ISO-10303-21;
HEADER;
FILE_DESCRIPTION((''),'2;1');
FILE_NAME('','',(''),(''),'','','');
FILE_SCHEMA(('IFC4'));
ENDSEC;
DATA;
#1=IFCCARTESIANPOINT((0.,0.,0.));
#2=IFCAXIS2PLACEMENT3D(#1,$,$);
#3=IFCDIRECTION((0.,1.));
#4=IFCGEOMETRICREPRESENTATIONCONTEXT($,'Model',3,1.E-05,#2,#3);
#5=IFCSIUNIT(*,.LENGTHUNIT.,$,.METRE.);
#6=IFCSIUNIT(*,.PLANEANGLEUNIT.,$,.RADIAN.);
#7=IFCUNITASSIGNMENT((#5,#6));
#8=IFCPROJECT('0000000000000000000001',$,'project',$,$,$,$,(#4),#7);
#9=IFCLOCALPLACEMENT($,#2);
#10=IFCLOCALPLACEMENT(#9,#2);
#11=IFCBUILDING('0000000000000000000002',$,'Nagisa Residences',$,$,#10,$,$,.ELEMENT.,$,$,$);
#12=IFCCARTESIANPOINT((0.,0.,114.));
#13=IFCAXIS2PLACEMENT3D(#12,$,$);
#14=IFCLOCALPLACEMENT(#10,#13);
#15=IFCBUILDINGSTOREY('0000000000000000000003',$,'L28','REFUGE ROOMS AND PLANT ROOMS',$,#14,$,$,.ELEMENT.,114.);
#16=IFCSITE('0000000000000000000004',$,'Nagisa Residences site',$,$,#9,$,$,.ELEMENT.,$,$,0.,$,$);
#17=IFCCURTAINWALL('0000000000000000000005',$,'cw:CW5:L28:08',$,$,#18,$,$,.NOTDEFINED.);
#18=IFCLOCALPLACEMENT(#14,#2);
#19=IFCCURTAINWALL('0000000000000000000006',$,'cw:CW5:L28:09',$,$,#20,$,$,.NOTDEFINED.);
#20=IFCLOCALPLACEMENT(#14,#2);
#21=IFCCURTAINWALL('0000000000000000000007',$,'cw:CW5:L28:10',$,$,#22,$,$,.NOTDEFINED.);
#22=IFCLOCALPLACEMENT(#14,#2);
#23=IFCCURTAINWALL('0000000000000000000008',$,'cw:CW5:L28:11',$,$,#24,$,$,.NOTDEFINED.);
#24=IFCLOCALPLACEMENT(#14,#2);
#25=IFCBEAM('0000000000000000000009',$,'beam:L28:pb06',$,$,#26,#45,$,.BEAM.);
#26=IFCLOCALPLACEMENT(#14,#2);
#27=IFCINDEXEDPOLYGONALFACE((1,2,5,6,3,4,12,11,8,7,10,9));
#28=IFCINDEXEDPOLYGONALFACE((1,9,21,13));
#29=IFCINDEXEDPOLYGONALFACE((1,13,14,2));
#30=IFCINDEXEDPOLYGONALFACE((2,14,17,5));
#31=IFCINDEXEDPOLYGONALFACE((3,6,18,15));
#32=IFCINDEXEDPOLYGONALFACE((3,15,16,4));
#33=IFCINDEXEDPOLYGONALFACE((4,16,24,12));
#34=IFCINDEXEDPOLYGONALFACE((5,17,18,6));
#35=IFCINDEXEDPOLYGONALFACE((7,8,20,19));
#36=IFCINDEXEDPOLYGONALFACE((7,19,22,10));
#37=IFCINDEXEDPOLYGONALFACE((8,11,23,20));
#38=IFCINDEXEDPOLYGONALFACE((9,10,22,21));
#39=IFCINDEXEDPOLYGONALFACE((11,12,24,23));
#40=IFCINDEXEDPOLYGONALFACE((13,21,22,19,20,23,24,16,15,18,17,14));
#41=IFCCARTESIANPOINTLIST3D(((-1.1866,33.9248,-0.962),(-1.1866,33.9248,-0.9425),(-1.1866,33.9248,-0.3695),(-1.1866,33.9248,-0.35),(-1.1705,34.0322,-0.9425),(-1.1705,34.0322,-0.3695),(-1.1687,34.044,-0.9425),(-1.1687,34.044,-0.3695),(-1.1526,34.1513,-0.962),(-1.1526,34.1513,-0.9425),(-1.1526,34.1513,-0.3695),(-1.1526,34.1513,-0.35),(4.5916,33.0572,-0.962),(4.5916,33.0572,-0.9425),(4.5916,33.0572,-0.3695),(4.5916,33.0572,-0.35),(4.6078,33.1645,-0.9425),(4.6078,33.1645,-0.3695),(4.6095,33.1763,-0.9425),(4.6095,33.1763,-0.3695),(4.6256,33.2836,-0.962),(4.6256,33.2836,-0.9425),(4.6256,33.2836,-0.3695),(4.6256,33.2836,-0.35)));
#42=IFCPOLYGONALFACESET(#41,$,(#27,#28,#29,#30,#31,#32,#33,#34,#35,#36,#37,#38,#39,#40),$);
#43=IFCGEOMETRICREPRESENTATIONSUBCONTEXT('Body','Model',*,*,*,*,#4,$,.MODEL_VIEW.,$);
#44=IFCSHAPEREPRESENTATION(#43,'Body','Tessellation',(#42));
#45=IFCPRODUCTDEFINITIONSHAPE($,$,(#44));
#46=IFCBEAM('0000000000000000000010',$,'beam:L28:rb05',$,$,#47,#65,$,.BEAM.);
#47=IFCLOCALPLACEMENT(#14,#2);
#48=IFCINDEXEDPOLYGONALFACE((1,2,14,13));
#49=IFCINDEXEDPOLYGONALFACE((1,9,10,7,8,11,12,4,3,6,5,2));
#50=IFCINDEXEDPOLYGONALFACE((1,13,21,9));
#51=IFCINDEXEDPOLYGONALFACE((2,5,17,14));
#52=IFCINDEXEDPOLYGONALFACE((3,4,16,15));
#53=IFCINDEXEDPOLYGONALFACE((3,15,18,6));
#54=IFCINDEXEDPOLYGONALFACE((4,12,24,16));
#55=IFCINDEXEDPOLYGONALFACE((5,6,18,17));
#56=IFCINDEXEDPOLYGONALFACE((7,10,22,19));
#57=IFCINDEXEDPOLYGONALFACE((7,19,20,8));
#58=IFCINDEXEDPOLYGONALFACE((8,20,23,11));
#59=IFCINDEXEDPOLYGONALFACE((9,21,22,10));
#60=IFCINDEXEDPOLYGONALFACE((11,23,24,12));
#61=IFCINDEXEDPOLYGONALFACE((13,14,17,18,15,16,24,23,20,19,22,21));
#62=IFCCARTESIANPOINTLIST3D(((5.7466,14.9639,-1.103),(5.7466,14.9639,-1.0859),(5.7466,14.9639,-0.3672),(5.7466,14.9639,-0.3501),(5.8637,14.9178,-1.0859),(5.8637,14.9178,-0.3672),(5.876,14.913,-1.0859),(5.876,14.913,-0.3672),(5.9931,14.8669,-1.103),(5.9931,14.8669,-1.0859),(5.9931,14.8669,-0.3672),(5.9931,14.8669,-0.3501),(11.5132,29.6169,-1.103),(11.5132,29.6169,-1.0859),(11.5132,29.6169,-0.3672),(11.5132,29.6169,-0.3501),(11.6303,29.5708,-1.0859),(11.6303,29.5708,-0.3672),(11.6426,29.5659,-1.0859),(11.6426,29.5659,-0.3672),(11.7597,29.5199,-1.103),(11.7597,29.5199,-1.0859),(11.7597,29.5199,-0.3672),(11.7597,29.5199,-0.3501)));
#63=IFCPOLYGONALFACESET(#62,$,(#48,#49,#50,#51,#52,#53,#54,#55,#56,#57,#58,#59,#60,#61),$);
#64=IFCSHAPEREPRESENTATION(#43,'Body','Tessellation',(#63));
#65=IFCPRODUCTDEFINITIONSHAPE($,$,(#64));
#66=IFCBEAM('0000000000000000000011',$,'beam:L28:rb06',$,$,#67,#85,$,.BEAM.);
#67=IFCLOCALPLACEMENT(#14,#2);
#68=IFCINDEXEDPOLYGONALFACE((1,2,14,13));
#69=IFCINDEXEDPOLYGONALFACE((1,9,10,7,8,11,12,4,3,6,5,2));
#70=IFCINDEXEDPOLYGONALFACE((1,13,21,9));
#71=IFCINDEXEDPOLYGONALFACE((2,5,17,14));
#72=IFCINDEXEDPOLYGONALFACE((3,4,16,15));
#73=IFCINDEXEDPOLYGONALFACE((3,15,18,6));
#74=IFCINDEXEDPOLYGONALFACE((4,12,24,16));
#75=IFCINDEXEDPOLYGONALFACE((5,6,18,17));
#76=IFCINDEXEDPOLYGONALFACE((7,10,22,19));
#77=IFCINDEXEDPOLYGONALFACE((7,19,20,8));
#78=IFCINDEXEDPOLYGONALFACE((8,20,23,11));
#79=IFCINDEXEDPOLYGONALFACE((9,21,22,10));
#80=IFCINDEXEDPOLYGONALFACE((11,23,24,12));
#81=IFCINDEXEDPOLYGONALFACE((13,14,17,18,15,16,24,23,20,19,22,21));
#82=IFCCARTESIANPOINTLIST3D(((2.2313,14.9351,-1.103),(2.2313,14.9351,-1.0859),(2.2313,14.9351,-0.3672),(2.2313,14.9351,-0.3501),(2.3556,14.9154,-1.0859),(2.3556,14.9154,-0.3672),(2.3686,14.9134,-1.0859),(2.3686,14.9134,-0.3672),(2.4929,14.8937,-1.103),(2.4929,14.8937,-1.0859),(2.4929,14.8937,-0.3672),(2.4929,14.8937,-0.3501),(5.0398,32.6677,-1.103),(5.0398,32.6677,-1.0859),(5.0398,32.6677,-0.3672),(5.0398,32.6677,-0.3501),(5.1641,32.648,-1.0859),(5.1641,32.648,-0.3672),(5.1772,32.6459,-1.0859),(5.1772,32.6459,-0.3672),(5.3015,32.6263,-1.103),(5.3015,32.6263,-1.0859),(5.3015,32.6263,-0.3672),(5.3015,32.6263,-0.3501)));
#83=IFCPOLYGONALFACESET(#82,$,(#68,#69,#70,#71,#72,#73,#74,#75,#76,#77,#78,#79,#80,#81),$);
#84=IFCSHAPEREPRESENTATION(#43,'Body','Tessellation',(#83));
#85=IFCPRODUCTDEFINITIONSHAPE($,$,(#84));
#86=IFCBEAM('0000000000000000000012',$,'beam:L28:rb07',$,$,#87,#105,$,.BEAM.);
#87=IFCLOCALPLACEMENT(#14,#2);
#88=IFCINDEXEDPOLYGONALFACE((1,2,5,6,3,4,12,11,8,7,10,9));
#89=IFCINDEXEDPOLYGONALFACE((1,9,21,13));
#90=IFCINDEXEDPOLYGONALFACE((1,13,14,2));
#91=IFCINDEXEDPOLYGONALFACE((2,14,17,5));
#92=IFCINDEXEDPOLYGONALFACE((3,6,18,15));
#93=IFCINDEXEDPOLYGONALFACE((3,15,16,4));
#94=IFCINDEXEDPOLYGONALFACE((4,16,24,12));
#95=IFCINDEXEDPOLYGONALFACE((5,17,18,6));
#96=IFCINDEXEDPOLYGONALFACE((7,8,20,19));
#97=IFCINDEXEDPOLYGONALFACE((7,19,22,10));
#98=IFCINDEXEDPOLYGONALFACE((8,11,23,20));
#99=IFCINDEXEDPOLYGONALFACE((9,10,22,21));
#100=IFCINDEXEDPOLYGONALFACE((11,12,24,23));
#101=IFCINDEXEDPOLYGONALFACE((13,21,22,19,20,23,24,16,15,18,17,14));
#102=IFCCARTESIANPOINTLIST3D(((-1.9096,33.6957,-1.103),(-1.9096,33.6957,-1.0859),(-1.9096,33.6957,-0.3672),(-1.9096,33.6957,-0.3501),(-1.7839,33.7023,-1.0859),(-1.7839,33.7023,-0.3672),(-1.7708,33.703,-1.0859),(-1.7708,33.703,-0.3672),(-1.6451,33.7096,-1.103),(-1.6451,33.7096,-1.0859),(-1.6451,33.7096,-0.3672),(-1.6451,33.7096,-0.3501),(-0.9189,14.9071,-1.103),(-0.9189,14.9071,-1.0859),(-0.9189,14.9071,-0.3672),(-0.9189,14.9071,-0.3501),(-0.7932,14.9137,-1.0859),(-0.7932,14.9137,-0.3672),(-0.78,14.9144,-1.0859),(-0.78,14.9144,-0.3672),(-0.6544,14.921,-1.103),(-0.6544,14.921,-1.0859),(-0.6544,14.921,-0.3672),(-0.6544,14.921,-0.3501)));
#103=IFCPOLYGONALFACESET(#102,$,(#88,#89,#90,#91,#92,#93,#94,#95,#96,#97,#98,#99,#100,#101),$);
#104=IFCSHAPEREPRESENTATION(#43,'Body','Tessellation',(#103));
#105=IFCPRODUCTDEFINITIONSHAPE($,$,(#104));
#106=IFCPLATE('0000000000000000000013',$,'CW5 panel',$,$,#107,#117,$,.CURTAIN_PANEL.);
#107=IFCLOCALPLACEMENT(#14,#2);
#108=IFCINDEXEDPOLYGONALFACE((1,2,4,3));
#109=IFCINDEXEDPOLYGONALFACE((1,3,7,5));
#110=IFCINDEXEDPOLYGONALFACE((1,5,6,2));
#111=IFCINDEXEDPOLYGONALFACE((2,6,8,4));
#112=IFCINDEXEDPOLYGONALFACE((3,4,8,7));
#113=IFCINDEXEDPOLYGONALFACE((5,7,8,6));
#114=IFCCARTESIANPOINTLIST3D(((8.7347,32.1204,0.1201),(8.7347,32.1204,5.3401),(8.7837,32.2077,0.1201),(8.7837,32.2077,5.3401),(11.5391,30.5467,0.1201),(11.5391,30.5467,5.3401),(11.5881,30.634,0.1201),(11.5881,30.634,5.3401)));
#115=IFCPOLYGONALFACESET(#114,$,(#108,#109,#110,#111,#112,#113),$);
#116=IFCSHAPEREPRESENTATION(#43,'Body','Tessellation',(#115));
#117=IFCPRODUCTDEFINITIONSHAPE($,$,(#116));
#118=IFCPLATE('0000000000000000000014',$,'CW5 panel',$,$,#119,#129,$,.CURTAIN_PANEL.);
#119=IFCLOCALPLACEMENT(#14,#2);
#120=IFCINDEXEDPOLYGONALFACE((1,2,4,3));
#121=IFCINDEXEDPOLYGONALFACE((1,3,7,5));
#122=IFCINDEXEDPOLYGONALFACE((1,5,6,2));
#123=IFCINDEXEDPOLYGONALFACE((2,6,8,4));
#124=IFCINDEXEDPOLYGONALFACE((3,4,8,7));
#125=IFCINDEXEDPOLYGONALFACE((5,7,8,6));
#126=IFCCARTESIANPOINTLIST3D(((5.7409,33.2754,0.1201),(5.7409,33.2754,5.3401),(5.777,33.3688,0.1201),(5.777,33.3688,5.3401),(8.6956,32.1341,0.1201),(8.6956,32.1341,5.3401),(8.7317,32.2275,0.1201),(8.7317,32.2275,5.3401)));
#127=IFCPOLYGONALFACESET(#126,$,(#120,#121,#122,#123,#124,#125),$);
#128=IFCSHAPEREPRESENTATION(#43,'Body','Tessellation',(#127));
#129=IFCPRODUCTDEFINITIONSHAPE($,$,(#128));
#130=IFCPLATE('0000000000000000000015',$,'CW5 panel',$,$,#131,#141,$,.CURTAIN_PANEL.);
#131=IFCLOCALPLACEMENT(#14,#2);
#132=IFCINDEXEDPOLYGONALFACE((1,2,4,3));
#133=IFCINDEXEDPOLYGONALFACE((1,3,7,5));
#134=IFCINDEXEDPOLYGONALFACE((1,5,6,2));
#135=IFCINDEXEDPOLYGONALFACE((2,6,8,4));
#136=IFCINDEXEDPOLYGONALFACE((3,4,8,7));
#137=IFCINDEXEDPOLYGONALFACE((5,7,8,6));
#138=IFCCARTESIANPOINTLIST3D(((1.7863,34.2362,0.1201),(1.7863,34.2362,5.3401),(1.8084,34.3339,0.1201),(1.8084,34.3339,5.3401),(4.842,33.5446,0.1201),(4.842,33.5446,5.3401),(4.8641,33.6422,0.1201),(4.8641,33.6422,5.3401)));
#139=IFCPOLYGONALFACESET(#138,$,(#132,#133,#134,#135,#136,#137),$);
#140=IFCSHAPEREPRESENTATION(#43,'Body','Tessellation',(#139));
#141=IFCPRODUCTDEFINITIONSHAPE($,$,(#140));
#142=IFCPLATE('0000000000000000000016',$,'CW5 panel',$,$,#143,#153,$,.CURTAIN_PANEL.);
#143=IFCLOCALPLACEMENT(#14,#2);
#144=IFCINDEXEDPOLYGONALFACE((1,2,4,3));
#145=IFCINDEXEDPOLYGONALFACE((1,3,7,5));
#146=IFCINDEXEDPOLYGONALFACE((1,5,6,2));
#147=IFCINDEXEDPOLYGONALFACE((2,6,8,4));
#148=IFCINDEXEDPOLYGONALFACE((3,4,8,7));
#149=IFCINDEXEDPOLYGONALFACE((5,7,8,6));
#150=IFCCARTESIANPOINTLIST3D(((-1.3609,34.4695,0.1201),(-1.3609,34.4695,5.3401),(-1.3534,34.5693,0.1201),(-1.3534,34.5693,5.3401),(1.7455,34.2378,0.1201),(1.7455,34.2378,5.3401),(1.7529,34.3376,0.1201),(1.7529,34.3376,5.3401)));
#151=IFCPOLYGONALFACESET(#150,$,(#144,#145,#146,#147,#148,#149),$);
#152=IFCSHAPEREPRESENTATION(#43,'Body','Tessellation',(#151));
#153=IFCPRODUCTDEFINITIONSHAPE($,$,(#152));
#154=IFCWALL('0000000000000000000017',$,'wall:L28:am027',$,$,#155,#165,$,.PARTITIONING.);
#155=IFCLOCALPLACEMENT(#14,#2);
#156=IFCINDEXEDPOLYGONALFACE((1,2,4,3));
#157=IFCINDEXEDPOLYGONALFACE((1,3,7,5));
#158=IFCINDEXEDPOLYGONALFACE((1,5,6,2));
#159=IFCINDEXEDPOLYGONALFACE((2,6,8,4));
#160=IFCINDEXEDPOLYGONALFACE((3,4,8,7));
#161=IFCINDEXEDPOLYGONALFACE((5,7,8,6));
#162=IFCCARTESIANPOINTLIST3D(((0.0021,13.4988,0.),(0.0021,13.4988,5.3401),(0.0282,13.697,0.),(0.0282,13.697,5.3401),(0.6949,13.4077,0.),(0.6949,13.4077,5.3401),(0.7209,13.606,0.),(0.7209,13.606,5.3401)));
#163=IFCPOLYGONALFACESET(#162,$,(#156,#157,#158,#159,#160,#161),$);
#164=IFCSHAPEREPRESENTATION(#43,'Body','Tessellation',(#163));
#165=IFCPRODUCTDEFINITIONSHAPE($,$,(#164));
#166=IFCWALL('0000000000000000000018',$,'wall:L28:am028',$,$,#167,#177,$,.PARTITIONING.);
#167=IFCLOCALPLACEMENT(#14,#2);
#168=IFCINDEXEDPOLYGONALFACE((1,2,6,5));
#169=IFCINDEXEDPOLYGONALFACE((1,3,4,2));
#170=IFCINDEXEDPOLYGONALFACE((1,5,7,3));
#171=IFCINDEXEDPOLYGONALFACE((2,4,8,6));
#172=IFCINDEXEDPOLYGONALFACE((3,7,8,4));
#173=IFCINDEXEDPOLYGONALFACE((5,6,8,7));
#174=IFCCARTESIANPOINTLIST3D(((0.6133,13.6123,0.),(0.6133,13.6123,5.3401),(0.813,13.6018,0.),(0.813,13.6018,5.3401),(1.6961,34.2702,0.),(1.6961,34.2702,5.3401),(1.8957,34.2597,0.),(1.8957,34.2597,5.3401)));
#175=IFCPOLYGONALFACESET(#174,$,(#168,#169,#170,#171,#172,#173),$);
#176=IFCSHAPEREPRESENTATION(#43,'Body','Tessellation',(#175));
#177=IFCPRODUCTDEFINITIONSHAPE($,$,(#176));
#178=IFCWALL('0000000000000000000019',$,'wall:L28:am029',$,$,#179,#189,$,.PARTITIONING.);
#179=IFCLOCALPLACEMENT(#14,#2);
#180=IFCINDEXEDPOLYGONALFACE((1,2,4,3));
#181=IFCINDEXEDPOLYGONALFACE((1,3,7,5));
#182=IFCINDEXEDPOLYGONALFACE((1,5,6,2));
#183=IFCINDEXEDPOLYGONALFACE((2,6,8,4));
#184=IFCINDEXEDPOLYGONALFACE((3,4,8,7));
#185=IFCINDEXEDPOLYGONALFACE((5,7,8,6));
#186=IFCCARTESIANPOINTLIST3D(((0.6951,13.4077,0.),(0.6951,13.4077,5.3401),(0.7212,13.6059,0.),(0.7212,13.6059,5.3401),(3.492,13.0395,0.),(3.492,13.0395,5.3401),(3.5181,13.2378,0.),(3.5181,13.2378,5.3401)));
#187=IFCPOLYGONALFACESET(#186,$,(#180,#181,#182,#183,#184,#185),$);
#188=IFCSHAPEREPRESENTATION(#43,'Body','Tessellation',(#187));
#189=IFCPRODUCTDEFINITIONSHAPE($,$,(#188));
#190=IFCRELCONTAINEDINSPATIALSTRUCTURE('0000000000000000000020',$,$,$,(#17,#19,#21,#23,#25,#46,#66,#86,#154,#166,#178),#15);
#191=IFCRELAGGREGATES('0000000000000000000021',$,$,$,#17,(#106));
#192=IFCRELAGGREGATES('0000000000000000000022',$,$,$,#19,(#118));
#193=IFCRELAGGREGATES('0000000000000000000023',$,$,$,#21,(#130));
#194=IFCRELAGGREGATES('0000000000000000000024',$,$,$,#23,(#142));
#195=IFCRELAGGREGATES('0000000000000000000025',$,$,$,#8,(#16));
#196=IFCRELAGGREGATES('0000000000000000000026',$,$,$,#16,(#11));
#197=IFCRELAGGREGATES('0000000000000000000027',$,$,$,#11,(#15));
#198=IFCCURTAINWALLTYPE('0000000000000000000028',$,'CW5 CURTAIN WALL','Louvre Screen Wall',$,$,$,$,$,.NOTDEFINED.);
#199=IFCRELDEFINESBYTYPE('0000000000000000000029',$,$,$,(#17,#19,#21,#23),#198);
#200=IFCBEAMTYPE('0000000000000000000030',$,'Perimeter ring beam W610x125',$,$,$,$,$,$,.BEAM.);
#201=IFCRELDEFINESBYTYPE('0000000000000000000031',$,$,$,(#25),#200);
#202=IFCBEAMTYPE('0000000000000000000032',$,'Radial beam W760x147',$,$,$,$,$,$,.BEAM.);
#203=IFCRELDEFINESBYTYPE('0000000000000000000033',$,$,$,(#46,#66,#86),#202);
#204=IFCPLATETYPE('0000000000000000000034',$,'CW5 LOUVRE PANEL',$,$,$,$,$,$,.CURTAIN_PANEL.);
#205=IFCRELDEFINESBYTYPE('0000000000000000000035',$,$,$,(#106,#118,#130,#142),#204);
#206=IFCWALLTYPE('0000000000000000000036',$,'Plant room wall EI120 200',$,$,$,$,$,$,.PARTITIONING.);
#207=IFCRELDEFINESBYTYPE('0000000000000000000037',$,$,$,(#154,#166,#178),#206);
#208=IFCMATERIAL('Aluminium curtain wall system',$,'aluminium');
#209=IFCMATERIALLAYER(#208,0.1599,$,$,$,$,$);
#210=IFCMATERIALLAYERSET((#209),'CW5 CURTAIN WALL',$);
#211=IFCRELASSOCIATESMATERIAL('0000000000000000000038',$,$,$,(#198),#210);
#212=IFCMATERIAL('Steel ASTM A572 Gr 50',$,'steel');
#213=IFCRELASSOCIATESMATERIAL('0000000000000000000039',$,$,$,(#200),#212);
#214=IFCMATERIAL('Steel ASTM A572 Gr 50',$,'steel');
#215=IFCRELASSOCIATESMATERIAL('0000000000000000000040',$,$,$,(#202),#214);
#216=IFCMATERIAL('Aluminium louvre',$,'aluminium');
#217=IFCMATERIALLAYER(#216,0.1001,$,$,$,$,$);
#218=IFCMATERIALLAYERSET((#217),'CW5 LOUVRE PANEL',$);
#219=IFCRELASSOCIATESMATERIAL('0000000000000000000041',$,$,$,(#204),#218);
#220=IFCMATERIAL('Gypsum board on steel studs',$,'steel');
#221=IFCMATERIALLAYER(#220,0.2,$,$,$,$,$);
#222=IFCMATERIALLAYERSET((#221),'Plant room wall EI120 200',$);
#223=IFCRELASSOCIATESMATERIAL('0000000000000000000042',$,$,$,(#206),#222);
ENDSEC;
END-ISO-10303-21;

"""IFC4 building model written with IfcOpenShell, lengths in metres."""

from ifc_helpers import new_model, si_unit, direction, frame, frame_2d, origin, origin_2d, place, context, subcontext, project, spatial, rectangle, i_section, extrude, material, layer, layer_set, material_profile, profile_set, type_object, element, aggregate, save


model = new_model("IFC4")

# Units and contexts
model_context = context("Model", 3, precision=1e-05, world=origin(), true_north=direction((0.0, 1.0)))
body_context = subcontext(model_context, "Body", "Model", "MODEL_VIEW")
ifc_project = project(units=[si_unit("LENGTHUNIT", "METRE"), si_unit("PLANEANGLEUNIT", "RADIAN")], contexts=[model_context])

# Site, building, storey
site_placement = place(None, origin())
site = spatial("IfcSite", under=ifc_project, at=site_placement, Name="Nagisa Residences site", CompositionType="ELEMENT", RefElevation=0.0)
building_placement = place(site_placement, origin())
building = spatial("IfcBuilding", under=site, at=building_placement, Name="Nagisa Residences", CompositionType="ELEMENT")
storey_placement = place(building_placement, frame((0.0, 0.0, 114.0)))
storey = spatial("IfcBuildingStorey", under=building, at=storey_placement, Name="L28", Description="REFUGE ROOMS AND PLANT ROOMS", CompositionType="ELEMENT", Elevation=114.0)

# Curtain walls
ifc_material_1 = material(Name="Aluminium curtain wall system", Category="aluminium")
ifc_layer_1 = layer(ifc_material_1, 0.1599)
ifc_layer_set_1 = layer_set([ifc_layer_1], Name="CW5 CURTAIN WALL")
curtain_wall_type = type_object("IfcCurtainWallType", Name="CW5 CURTAIN WALL", Description="Louvre Screen Wall", PredefinedType="NOTDEFINED", material=ifc_layer_set_1)
curtain_wall_1_placement = place(storey_placement, origin())
curtain_wall_1 = element("IfcCurtainWall", 1, at=curtain_wall_1_placement, inside=storey, type_object=curtain_wall_type, Name="cw:CW5:L28:08", PredefinedType="NOTDEFINED")
curtain_wall_2_placement = place(storey_placement, origin())
curtain_wall_2 = element("IfcCurtainWall", 2, at=curtain_wall_2_placement, inside=storey, type_object=curtain_wall_type, Name="cw:CW5:L28:09", PredefinedType="NOTDEFINED")
curtain_wall_3_placement = place(storey_placement, origin())
curtain_wall_3 = element("IfcCurtainWall", 3, at=curtain_wall_3_placement, inside=storey, type_object=curtain_wall_type, Name="cw:CW5:L28:10", PredefinedType="NOTDEFINED")
curtain_wall_4_placement = place(storey_placement, origin())
curtain_wall_4 = element("IfcCurtainWall", 4, at=curtain_wall_4_placement, inside=storey, type_object=curtain_wall_type, Name="cw:CW5:L28:11", PredefinedType="NOTDEFINED")

# Beams
ifc_material_2 = material(Name="Steel ASTM A572 Gr 50", Category="steel")
ifc_material_profile_1 = material_profile(ifc_material_2, i_section(OverallWidth=0.229, OverallDepth=0.6121, WebThickness=0.012, FlangeThickness=0.0195, at=origin_2d()), Name="W610x125")
ifc_profile_set_1 = profile_set([ifc_material_profile_1], Name="Steel ASTM A572 Gr 50")
beam_type_1 = type_object("IfcBeamType", Name="Perimeter ring beam W610x125", PredefinedType="BEAM", material=ifc_profile_set_1)
beam_1_placement = place(storey_placement, frame((4.6086, 33.1704, -0.656), z_axis=(-0.988913, 0.148496, 0.0), x_axis=(-0.148496, -0.988913, 0.0)))
element("IfcBeam", 5, at=beam_1_placement, inside=storey, type_object=beam_type_1, Name="beam:L28:pb06", PredefinedType="BEAM", context=body_context, shape_type="SweptSolid", body=[
    extrude(i_section(OverallWidth=0.229, OverallDepth=0.6121, WebThickness=0.012, FlangeThickness=0.0195, at=origin_2d()), origin(), (0.0, 0.0, 1.0), 5.843),
])
ifc_material_3 = material(Name="Steel ASTM A572 Gr 50", Category="steel")
ifc_material_profile_2 = material_profile(ifc_material_3, i_section(OverallWidth=0.2649, OverallDepth=0.7529, WebThickness=0.0132, FlangeThickness=0.0171, at=origin_2d()), Name="W760x147")
ifc_profile_set_2 = profile_set([ifc_material_profile_2], Name="Steel ASTM A572 Gr 50")
beam_type_2 = type_object("IfcBeamType", Name="Radial beam W760x147", PredefinedType="BEAM", material=ifc_profile_set_2)
beam_2_placement = place(storey_placement, frame((11.6365, 29.5684, -0.7266), z_axis=(-0.36621, -0.930532, 0.0), x_axis=(0.930532, -0.36621, 0.0)))
element("IfcBeam", 6, at=beam_2_placement, inside=storey, type_object=beam_type_2, Name="beam:L28:rb05", PredefinedType="BEAM", context=body_context, shape_type="SweptSolid", body=[
    extrude(i_section(OverallWidth=0.2649, OverallDepth=0.7529, WebThickness=0.0132, FlangeThickness=0.0171, at=origin_2d()), origin(), (0.0, 0.0, 1.0), 15.7468),
])
beam_3_placement = place(storey_placement, frame((5.1707, 32.647, -0.7266), z_axis=(-0.156435, -0.987688, 0.0), x_axis=(0.987688, -0.156435, 0.0)))
element("IfcBeam", 7, at=beam_3_placement, inside=storey, type_object=beam_type_2, Name="beam:L28:rb06", PredefinedType="BEAM", context=body_context, shape_type="SweptSolid", body=[
    extrude(i_section(OverallWidth=0.2649, OverallDepth=0.7529, WebThickness=0.0132, FlangeThickness=0.0171, at=origin_2d()), origin(), (0.0, 0.0, 1.0), 17.9536),
])
beam_4_placement = place(storey_placement, frame((-1.7773, 33.7026, -0.7266), z_axis=(0.052657, -0.998613, 0.0), x_axis=(0.998613, 0.052657, 0.0)))
element("IfcBeam", 8, at=beam_4_placement, inside=storey, type_object=beam_type_2, Name="beam:L28:rb07", PredefinedType="BEAM", context=body_context, shape_type="SweptSolid", body=[
    extrude(i_section(OverallWidth=0.2649, OverallDepth=0.7529, WebThickness=0.0132, FlangeThickness=0.0171, at=origin_2d()), origin(), (0.0, 0.0, 1.0), 18.8147),
])

# Plates
ifc_material_4 = material(Name="Aluminium louvre", Category="aluminium")
ifc_layer_2 = layer(ifc_material_4, 0.1001)
ifc_layer_set_2 = layer_set([ifc_layer_2], Name="CW5 LOUVRE PANEL")
plate_type = type_object("IfcPlateType", Name="CW5 LOUVRE PANEL", PredefinedType="CURTAIN_PANEL", material=ifc_layer_set_2)
plate_1_placement = place(storey_placement, frame((10.1614, 31.3772, 0.1201), z_axis=(0.0, 0.0, 1.0), x_axis=(-0.872072, 0.489377, 0.0)))
plate_1 = element("IfcPlate", 9, at=plate_1_placement, type_object=plate_type, Name="CW5 panel", PredefinedType="CURTAIN_PANEL", context=body_context, shape_type="SweptSolid", body=[
    extrude(rectangle(XDim=3.2158, YDim=0.1001, at=origin_2d()), origin(), (0.0, 0.0, 1.0), 5.22),
])
aggregate(curtain_wall_1, [plate_1])
plate_2_placement = place(storey_placement, frame((7.2363, 32.7515, 0.1201), z_axis=(0.0, 0.0, 1.0), x_axis=(-0.932826, 0.360328, 0.0)))
plate_2 = element("IfcPlate", 10, at=plate_2_placement, type_object=plate_type, Name="CW5 panel", PredefinedType="CURTAIN_PANEL", context=body_context, shape_type="SweptSolid", body=[
    extrude(rectangle(XDim=3.1675, YDim=0.1001, at=origin_2d()), origin(), (0.0, 0.0, 1.0), 5.22),
])
aggregate(curtain_wall_2, [plate_2])
plate_3_placement = place(storey_placement, frame((3.3252, 33.9392, 0.1201), z_axis=(0.0, 0.0, 1.0), x_axis=(-0.975327, 0.220764, 0.0)))
plate_3 = element("IfcPlate", 11, at=plate_3_placement, type_object=plate_type, Name="CW5 panel", PredefinedType="CURTAIN_PANEL", context=body_context, shape_type="SweptSolid", body=[
    extrude(rectangle(XDim=3.1331, YDim=0.1001, at=origin_2d()), origin(), (0.0, 0.0, 1.0), 5.22),
])
aggregate(curtain_wall_3, [plate_3])
plate_4_placement = place(storey_placement, frame((0.196, 34.4036, 0.1201), z_axis=(0.0, 0.0, 1.0), x_axis=(-0.99723, 0.074377, 0.0)))
plate_4 = element("IfcPlate", 12, at=plate_4_placement, type_object=plate_type, Name="CW5 panel", PredefinedType="CURTAIN_PANEL", context=body_context, shape_type="SweptSolid", body=[
    extrude(rectangle(XDim=3.115, YDim=0.1001, at=origin_2d()), origin(), (0.0, 0.0, 1.0), 5.22),
])
aggregate(curtain_wall_4, [plate_4])

# Walls
ifc_material_5 = material(Name="Gypsum board on steel studs", Category="steel")
ifc_layer_3 = layer(ifc_material_5, 0.2)
ifc_layer_set_3 = layer_set([ifc_layer_3], Name="Plant room wall EI120 200")
wall_type = type_object("IfcWallType", Name="Plant room wall EI120 200", PredefinedType="PARTITIONING", material=ifc_layer_set_3)
wall_1_placement = place(storey_placement, frame((0.0151, 13.5979, 0.0), z_axis=(0.0, 0.0, 1.0), x_axis=(0.991473, -0.13031, 0.0)))
element("IfcWall", 13, at=wall_1_placement, inside=storey, type_object=wall_type, Name="wall:L28:am027", PredefinedType="PARTITIONING", context=body_context, shape_type="SweptSolid", body=[
    extrude(rectangle(XDim=0.6987, YDim=0.2, at=frame_2d((0.3494, 0.0))), origin(), (0.0, 0.0, 1.0), 5.3401),
])
wall_2_placement = place(storey_placement, frame((0.7131, 13.6069, 0.0), z_axis=(0.0, 0.0, 1.0), x_axis=(0.052342, 0.998629, 0.0)))
element("IfcWall", 14, at=wall_2_placement, inside=storey, type_object=wall_type, Name="wall:L28:am028", PredefinedType="PARTITIONING", context=body_context, shape_type="SweptSolid", body=[
    extrude(rectangle(XDim=20.6863, YDim=0.2, at=frame_2d((10.3433, 0.0))), origin(), (0.0, 0.0, 1.0), 5.3401),
])
wall_3_placement = place(storey_placement, frame((0.708, 13.5068, 0.0), z_axis=(0.0, 0.0, 1.0), x_axis=(0.991447, -0.130508, 0.0)))
element("IfcWall", 15, at=wall_3_placement, inside=storey, type_object=wall_type, Name="wall:L28:am029", PredefinedType="PARTITIONING", context=body_context, shape_type="SweptSolid", body=[
    extrude(rectangle(XDim=2.821, YDim=0.2, at=frame_2d((1.4106, 0.0))), origin(), (0.0, 0.0, 1.0), 5.3401),
])

save(model, "model.ifc")
